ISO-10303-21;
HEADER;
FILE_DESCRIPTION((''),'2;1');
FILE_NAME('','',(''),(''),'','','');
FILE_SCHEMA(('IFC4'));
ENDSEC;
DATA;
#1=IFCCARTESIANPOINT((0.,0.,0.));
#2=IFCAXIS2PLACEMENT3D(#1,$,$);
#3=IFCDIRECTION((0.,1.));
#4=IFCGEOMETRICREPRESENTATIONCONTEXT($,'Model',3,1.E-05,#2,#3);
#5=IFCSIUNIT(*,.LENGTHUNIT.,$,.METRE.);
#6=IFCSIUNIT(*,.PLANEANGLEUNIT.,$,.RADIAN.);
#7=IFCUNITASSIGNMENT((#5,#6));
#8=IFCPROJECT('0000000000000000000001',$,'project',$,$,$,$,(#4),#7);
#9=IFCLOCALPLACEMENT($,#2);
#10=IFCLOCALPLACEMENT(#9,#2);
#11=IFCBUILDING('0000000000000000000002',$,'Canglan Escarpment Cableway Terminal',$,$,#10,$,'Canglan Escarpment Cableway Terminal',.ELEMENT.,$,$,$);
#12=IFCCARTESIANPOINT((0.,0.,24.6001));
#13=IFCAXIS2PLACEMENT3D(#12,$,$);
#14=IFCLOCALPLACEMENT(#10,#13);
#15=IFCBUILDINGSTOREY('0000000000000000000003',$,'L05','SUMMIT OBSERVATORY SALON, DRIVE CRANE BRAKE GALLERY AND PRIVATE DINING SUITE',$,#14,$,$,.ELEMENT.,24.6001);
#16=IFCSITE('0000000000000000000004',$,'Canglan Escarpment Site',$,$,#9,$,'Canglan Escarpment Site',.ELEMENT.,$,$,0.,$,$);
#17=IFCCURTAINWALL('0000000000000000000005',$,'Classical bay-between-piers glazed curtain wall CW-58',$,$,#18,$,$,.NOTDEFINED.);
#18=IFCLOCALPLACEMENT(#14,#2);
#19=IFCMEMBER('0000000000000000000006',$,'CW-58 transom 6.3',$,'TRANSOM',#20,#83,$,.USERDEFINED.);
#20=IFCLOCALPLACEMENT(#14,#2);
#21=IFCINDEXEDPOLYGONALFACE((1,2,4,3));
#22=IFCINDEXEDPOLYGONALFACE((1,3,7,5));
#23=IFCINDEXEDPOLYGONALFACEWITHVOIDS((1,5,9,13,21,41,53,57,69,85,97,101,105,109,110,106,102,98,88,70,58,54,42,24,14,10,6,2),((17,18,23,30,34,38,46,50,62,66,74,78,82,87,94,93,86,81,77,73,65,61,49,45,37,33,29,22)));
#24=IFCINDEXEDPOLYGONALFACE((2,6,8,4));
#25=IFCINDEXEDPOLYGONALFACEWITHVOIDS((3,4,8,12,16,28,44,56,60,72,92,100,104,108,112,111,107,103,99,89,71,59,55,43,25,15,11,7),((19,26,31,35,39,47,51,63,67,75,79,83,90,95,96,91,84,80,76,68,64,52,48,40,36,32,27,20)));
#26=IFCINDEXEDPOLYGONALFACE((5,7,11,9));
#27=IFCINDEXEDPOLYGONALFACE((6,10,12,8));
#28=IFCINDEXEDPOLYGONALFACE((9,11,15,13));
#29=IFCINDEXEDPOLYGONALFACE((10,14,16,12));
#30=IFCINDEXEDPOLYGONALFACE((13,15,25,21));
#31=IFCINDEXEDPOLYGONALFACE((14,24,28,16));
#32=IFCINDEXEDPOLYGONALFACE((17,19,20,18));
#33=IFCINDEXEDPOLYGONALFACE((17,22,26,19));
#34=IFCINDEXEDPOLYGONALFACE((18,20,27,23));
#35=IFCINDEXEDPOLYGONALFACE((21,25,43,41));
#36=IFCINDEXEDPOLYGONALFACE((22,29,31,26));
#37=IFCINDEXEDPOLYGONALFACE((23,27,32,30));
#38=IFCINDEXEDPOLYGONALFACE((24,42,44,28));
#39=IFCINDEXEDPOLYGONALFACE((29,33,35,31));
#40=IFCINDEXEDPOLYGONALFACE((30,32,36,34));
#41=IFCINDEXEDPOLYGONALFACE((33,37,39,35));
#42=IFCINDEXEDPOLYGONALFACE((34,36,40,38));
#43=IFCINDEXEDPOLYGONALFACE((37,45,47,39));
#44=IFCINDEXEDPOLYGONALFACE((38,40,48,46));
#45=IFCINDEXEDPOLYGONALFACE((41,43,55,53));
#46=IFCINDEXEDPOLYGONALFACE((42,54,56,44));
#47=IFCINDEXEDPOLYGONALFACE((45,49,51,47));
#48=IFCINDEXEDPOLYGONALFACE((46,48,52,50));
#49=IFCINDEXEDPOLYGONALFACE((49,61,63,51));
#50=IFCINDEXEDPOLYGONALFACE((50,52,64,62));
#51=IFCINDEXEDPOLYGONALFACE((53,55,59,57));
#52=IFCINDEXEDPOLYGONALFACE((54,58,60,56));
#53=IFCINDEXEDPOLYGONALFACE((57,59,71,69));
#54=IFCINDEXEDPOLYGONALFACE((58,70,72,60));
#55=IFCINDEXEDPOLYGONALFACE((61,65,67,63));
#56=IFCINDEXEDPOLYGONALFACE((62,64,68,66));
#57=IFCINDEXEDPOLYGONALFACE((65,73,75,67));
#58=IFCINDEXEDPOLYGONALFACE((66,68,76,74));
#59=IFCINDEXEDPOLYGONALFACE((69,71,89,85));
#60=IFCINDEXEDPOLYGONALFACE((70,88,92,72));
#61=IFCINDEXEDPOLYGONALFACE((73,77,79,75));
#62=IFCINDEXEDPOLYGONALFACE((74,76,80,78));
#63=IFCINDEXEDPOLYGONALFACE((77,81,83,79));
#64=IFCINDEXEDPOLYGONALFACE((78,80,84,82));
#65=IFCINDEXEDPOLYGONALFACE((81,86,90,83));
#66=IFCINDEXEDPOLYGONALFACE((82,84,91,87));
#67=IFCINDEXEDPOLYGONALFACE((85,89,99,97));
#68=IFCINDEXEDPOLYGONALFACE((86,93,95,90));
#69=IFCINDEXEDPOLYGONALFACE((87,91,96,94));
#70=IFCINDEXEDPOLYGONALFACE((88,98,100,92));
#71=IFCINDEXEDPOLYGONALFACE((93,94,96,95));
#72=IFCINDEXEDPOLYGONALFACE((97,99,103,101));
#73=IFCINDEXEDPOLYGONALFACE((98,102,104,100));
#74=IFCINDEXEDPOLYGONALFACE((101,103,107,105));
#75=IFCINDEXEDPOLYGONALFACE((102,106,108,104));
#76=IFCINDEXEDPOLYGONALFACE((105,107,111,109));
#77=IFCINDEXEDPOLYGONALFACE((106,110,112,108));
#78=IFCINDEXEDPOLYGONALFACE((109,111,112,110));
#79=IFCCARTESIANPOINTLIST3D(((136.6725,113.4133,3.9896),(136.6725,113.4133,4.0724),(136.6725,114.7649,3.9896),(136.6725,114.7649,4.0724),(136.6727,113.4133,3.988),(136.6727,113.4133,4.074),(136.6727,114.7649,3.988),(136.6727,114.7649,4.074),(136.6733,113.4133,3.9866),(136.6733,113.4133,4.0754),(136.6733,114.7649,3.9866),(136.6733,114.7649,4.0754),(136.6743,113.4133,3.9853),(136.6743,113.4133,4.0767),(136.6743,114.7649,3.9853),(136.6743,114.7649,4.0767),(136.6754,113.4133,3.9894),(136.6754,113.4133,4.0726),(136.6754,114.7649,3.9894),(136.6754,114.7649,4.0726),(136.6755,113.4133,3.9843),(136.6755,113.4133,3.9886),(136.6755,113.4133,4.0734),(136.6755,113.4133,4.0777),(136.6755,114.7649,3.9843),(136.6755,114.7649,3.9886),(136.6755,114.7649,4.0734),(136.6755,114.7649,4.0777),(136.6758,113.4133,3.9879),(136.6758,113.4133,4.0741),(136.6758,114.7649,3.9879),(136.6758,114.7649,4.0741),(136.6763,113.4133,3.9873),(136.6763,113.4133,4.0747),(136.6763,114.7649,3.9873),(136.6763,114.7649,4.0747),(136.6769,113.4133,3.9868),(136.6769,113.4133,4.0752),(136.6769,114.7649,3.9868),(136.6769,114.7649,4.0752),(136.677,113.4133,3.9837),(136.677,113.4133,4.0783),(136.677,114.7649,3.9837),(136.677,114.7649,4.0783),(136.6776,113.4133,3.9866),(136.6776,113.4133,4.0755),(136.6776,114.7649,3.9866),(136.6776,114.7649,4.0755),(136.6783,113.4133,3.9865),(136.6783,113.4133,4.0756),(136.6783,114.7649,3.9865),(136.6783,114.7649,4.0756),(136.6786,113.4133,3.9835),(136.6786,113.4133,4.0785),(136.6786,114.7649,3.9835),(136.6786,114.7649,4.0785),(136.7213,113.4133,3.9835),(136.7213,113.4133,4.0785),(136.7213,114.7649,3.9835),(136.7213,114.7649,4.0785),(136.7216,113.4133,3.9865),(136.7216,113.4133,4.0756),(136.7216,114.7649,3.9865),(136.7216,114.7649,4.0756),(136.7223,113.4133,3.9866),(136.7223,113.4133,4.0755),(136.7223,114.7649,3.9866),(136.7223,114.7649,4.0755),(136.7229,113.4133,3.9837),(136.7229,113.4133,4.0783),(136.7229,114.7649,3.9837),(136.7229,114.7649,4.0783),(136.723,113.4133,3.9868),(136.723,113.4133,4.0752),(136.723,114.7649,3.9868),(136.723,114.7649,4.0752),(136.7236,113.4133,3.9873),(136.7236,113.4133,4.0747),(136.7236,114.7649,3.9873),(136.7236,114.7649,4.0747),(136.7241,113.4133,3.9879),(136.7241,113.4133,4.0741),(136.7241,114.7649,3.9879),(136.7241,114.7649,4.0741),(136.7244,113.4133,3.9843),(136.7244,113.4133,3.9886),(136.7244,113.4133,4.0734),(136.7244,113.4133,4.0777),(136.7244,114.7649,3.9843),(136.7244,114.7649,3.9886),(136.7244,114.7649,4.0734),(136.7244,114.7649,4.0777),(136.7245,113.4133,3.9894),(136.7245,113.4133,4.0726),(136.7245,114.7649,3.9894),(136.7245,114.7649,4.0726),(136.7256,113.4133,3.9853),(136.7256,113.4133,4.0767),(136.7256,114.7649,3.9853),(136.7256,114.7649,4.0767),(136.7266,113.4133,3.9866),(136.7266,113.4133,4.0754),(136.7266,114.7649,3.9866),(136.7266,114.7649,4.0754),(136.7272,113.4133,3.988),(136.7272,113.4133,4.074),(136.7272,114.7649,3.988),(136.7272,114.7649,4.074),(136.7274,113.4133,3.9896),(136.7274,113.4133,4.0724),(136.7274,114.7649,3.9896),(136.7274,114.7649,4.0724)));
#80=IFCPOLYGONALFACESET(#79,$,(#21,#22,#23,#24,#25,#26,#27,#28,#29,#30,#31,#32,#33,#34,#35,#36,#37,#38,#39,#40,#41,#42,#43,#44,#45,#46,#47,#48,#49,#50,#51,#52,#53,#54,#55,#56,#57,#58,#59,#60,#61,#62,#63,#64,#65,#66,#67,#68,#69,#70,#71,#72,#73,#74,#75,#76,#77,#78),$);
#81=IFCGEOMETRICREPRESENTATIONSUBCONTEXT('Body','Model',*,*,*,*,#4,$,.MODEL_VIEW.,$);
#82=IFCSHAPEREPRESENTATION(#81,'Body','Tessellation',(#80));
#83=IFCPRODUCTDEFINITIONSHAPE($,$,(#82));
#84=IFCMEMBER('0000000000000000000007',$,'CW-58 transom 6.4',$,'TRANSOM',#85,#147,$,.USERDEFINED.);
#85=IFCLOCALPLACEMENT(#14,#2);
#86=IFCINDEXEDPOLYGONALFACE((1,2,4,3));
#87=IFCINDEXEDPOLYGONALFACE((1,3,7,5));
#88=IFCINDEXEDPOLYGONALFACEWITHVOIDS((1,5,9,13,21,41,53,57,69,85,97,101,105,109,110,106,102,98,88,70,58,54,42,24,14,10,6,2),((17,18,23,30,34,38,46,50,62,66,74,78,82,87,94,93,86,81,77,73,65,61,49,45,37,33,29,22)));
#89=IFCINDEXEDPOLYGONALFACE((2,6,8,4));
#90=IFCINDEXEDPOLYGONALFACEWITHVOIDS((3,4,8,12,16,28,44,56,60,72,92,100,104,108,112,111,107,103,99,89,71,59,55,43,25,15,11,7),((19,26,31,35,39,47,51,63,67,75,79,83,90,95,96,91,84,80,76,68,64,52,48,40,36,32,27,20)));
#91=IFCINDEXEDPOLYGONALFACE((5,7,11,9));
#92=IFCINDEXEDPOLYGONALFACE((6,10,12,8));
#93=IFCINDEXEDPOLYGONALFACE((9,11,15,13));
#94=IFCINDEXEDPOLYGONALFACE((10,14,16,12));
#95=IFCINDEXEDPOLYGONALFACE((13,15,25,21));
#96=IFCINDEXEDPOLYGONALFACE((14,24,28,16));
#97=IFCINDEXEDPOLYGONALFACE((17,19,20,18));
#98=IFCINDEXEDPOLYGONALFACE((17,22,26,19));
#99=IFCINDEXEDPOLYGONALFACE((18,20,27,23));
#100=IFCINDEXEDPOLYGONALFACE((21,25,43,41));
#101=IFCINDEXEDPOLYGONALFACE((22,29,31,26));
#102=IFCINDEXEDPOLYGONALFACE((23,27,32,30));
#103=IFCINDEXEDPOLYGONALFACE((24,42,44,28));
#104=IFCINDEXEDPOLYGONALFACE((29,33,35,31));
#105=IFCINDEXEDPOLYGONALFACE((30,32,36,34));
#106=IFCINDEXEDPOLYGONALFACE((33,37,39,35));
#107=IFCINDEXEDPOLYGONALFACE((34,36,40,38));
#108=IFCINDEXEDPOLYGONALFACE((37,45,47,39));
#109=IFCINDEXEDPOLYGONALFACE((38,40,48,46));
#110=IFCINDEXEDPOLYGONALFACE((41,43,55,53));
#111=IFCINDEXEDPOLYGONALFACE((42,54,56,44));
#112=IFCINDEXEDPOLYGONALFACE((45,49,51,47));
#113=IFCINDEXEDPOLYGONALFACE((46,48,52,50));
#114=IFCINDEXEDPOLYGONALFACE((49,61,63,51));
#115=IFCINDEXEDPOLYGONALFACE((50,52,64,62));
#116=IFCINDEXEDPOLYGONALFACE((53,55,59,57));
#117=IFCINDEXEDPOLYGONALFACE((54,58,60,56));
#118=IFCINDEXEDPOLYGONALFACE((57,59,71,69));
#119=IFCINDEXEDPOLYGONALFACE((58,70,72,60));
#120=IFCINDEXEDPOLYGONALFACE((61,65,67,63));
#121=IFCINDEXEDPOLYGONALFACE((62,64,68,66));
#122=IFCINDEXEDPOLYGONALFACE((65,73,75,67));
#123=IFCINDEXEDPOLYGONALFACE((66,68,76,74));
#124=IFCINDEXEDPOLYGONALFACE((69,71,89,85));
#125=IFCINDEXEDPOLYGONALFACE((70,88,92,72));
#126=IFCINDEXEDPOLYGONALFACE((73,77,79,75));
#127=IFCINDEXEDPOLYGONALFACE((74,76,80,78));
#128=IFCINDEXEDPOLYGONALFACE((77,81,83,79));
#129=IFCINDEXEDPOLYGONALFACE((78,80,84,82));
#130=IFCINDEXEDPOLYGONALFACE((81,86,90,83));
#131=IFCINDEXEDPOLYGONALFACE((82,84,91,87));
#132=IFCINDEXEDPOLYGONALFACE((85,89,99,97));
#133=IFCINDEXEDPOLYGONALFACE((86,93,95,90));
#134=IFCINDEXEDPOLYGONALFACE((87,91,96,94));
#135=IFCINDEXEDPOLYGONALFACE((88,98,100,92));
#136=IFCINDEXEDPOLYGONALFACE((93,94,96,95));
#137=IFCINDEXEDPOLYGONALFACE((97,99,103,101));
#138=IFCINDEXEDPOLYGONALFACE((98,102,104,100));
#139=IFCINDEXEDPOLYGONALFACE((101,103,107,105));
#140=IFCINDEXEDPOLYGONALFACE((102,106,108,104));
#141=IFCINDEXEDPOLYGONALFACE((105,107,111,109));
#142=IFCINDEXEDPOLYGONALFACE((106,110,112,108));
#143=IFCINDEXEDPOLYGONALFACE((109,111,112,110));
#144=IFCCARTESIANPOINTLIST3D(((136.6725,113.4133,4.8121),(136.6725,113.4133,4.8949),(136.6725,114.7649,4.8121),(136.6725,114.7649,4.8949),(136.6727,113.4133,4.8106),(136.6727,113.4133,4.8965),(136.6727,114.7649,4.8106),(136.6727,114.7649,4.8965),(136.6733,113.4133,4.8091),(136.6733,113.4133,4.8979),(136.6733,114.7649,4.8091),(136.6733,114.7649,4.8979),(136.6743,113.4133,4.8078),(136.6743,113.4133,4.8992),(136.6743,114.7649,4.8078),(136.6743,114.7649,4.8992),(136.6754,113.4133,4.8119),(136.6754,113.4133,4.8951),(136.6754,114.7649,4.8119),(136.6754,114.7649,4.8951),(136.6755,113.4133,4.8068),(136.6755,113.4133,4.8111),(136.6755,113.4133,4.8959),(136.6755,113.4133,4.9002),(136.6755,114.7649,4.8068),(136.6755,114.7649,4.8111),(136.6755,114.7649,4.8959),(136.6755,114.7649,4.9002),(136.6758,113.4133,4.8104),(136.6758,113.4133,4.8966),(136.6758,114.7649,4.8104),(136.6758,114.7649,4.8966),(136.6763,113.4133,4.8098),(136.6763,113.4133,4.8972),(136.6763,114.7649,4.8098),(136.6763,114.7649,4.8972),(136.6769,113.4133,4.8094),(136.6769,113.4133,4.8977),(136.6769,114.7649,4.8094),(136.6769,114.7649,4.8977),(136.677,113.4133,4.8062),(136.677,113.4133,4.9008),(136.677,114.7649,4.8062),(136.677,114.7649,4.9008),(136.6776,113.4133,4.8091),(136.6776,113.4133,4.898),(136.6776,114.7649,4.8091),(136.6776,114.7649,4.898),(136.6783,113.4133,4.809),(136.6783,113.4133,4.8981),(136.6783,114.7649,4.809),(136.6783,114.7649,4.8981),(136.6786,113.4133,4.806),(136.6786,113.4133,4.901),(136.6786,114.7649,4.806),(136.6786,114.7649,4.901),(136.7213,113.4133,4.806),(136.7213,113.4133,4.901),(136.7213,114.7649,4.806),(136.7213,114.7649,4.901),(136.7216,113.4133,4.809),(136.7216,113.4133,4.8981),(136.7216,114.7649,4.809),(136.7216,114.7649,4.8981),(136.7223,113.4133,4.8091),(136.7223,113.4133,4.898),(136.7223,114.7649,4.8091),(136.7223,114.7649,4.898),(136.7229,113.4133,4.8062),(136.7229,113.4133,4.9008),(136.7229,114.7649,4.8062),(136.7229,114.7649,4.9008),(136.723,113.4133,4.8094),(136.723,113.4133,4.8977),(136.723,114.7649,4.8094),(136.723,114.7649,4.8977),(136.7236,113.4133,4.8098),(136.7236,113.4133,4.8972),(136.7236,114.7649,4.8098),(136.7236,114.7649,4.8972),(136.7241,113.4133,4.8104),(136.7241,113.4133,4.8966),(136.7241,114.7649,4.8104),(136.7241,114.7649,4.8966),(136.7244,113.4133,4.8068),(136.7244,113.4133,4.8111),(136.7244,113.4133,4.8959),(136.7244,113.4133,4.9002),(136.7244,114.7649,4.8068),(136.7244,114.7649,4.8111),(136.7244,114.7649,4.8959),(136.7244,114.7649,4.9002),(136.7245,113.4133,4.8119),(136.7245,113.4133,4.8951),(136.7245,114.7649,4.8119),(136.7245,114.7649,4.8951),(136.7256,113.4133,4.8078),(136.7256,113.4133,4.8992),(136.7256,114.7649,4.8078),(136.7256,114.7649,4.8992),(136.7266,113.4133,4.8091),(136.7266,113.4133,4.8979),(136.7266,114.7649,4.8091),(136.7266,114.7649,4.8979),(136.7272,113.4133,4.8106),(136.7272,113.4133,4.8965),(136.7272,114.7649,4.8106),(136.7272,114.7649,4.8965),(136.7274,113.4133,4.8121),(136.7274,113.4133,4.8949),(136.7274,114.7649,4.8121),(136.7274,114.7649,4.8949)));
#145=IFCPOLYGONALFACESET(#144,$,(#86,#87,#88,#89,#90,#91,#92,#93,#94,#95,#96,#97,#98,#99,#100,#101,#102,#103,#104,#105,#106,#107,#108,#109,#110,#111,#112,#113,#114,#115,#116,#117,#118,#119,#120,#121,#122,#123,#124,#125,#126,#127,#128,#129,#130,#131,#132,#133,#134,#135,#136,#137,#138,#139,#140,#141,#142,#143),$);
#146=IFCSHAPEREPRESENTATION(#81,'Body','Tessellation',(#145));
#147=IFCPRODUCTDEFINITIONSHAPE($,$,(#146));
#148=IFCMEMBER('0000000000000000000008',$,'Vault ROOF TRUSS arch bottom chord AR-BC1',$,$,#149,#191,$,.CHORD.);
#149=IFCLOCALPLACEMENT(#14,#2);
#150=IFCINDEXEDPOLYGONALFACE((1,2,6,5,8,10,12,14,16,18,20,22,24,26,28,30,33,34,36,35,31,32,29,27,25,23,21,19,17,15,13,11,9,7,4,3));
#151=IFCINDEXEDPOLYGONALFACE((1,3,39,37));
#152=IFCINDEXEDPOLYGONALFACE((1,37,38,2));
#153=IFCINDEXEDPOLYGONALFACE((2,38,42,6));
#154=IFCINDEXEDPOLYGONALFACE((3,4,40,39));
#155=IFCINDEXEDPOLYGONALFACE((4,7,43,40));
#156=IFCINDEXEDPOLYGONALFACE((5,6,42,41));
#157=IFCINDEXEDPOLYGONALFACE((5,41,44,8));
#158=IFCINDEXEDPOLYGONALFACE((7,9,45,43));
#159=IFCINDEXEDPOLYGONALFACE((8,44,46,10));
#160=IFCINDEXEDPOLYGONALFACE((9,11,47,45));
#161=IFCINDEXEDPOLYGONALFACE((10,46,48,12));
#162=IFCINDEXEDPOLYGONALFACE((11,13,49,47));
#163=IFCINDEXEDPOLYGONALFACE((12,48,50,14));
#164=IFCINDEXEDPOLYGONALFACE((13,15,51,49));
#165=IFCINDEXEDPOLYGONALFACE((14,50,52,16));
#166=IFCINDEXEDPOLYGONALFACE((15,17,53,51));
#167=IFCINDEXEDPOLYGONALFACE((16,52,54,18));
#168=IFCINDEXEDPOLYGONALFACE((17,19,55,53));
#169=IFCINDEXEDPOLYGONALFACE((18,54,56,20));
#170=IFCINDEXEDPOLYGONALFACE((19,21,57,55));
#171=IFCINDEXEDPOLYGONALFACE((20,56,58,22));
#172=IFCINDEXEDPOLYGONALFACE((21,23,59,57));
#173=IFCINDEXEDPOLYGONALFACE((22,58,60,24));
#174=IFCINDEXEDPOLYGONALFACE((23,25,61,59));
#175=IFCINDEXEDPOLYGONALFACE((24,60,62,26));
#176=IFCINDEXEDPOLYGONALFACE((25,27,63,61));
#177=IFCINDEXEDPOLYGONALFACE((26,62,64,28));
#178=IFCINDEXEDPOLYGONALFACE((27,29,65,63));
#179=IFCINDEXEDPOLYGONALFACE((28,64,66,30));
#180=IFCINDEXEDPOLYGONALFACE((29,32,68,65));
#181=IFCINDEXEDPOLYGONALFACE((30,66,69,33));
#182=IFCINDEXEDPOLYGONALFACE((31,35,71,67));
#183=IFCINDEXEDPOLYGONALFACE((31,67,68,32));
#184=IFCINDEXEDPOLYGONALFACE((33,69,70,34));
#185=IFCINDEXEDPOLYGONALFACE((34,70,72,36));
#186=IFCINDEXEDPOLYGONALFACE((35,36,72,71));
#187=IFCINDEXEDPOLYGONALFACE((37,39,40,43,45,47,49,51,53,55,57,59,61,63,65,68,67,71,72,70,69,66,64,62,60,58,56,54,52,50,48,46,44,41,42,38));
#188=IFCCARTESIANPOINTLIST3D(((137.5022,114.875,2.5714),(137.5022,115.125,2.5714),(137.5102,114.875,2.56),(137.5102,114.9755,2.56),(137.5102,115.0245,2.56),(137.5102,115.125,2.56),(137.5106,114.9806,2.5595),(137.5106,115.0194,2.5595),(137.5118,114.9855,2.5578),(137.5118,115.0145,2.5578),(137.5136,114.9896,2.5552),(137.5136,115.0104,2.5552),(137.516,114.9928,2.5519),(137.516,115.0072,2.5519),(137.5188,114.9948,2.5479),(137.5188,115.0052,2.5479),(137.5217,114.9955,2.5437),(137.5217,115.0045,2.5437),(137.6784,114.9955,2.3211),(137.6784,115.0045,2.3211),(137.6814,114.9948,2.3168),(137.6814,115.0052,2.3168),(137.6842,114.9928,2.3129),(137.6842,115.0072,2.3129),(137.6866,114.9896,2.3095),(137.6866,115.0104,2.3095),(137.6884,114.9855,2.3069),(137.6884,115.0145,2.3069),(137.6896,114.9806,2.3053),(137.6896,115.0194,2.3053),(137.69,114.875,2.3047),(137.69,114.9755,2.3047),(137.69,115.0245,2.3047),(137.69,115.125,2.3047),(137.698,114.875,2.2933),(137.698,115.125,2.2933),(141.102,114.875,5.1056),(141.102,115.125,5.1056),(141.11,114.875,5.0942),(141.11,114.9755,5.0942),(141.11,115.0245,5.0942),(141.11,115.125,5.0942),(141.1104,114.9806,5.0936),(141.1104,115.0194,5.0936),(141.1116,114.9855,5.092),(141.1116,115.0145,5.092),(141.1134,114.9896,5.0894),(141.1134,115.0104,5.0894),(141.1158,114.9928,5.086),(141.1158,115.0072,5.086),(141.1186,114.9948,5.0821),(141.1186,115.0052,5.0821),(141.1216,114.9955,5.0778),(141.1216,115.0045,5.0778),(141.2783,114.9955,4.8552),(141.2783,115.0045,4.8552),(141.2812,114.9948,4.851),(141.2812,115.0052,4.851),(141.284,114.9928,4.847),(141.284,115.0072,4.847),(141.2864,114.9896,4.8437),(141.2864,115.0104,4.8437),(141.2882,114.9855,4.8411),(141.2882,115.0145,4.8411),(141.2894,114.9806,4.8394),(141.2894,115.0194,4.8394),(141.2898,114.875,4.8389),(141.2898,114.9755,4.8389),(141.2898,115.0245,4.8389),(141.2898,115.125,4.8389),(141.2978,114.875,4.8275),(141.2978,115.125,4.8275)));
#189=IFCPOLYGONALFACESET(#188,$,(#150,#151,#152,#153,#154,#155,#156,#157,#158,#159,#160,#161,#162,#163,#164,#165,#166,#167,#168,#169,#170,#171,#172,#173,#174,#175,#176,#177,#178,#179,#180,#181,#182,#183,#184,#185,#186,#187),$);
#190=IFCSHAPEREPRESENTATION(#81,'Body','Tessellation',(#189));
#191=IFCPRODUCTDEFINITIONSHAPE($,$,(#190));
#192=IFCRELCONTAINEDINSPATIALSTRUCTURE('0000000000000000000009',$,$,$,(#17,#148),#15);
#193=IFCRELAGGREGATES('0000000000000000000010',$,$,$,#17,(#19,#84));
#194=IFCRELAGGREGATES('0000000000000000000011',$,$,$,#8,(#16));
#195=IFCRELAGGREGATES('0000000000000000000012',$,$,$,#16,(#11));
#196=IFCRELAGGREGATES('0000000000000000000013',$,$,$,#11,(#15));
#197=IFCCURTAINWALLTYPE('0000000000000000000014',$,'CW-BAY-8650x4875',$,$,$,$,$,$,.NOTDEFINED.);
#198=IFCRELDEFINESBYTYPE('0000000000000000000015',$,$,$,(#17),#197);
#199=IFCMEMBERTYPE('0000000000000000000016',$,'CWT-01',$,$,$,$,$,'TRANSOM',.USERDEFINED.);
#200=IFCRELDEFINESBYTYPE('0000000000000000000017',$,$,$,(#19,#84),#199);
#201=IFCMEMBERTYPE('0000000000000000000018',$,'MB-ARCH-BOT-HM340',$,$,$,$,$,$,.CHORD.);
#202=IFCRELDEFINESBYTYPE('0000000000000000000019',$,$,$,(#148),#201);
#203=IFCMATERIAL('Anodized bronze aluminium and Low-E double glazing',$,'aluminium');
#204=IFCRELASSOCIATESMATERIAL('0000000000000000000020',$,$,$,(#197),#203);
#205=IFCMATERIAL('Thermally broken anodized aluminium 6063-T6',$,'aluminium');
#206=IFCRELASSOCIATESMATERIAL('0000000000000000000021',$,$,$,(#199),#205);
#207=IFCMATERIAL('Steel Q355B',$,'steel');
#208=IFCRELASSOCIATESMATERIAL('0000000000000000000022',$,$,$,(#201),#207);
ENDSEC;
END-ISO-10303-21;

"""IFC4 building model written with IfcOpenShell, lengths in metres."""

from ifc_helpers import new_model, si_unit, direction, frame, origin, origin_2d, place, context, subcontext, project, spatial, hollow_rectangle, i_section, extrude, material, material_profile, profile_set, type_object, element, aggregate, save


model = new_model("IFC4")

# Units and contexts
model_context = context("Model", 3, precision=1e-05, world=origin(), true_north=direction((0.0, 1.0)))
body_context = subcontext(model_context, "Body", "Model", "MODEL_VIEW")
ifc_project = project(units=[si_unit("LENGTHUNIT", "METRE"), si_unit("PLANEANGLEUNIT", "RADIAN")], contexts=[model_context])

# Site, building, storey
site_placement = place(None, origin())
site = spatial("IfcSite", under=ifc_project, at=site_placement, Name="Canglan Escarpment Site", LongName="Canglan Escarpment Site", CompositionType="ELEMENT", RefElevation=0.0)
building_placement = place(site_placement, origin())
building = spatial("IfcBuilding", under=site, at=building_placement, Name="Canglan Escarpment Cableway Terminal", LongName="Canglan Escarpment Cableway Terminal", CompositionType="ELEMENT")
storey_placement = place(building_placement, frame((0.0, 0.0, 24.6001)))
storey = spatial("IfcBuildingStorey", under=building, at=storey_placement, Name="L05", Description="SUMMIT OBSERVATORY SALON, DRIVE CRANE BRAKE GALLERY AND PRIVATE DINING SUITE", CompositionType="ELEMENT", Elevation=24.6001)

# Shared definitions
ifc_material_1 = material(Name="Steel Q355B", Category="steel")

# Curtain wall, members
ifc_material_2 = material(Name="Anodized bronze aluminium and Low-E double glazing", Category="aluminium")
curtain_wall_type = type_object("IfcCurtainWallType", Name="CW-BAY-8650x4875", PredefinedType="NOTDEFINED", material=ifc_material_2)
curtain_wall_placement = place(storey_placement, origin())
curtain_wall = element("IfcCurtainWall", 1, at=curtain_wall_placement, inside=storey, type_object=curtain_wall_type, Name="Classical bay-between-piers glazed curtain wall CW-58", PredefinedType="NOTDEFINED")
ifc_material_3 = material(Name="Thermally broken anodized aluminium 6063-T6", Category="aluminium")
ifc_material_profile_1 = material_profile(ifc_material_3, hollow_rectangle(XDim=0.0549, YDim=0.095, WallThickness=0.0029, InnerFilletRadius=0.0029, OuterFilletRadius=0.0061, at=origin_2d()), Name="ALU-TRAN 55x95x3")
ifc_profile_set_1 = profile_set([ifc_material_profile_1], Name="Thermally broken anodized aluminium 6063-T6")
member_type_1 = type_object("IfcMemberType", Name="CWT-01", ElementType="TRANSOM", PredefinedType="USERDEFINED", material=ifc_profile_set_1)
member_1_placement = place(storey_placement, frame((136.7, 113.4133, 4.031), z_axis=(0.0, 1.0, 0.0), x_axis=(-1.0, 0.0, 0.0)))
member_1 = element("IfcMember", 2, at=member_1_placement, type_object=member_type_1, Name="CW-58 transom 6.3", ObjectType="TRANSOM", PredefinedType="USERDEFINED", context=body_context, shape_type="SweptSolid", body=[
    extrude(hollow_rectangle(XDim=0.0549, YDim=0.095, WallThickness=0.0029, InnerFilletRadius=0.0029, OuterFilletRadius=0.0061, at=origin_2d()), origin(), (0.0, 0.0, 1.0), 1.3516),
])
member_2_placement = place(storey_placement, frame((136.7, 113.4133, 4.8535), z_axis=(0.0, 1.0, 0.0), x_axis=(-1.0, 0.0, 0.0)))
member_2 = element("IfcMember", 3, at=member_2_placement, type_object=member_type_1, Name="CW-58 transom 6.4", ObjectType="TRANSOM", PredefinedType="USERDEFINED", context=body_context, shape_type="SweptSolid", body=[
    extrude(hollow_rectangle(XDim=0.0549, YDim=0.095, WallThickness=0.0029, InnerFilletRadius=0.0029, OuterFilletRadius=0.0061, at=origin_2d()), origin(), (0.0, 0.0, 1.0), 1.3516),
])

# Member
ifc_material_profile_2 = material_profile(ifc_material_1, i_section(OverallWidth=0.25, OverallDepth=0.3401, WebThickness=0.009, FlangeThickness=0.0139, FilletRadius=0.02, at=origin_2d()), Name="HM 340x250x9x14")
ifc_profile_set_2 = profile_set([ifc_material_profile_2], Name="Steel Q355B")
member_type_2 = type_object("IfcMemberType", Name="MB-ARCH-BOT-HM340", PredefinedType="CHORD", material=ifc_profile_set_2)
for number, where, z_axis, x_axis, name in (
    (4, (137.6001, 115.0, 2.4324), (0.817705, 0.0, 0.575638), (0.0, 1.0, 0.0), "Vault ROOF TRUSS arch bottom chord AR-BC1"),
):
    element("IfcMember", number, at=place(storey_placement, frame(where, z_axis=z_axis, x_axis=x_axis)), inside=storey, type_object=member_type_2, Name=name, PredefinedType="CHORD", context=body_context, shape_type="SweptSolid", body=[
        extrude(i_section(OverallWidth=0.25, OverallDepth=0.3401, WebThickness=0.009, FlangeThickness=0.0139, FilletRadius=0.02, at=origin_2d()), origin(), (0.0, 0.0, 1.0), 4.4023),
    ])

aggregate(curtain_wall, [member_1, member_2])

save(model, "model.ifc")
